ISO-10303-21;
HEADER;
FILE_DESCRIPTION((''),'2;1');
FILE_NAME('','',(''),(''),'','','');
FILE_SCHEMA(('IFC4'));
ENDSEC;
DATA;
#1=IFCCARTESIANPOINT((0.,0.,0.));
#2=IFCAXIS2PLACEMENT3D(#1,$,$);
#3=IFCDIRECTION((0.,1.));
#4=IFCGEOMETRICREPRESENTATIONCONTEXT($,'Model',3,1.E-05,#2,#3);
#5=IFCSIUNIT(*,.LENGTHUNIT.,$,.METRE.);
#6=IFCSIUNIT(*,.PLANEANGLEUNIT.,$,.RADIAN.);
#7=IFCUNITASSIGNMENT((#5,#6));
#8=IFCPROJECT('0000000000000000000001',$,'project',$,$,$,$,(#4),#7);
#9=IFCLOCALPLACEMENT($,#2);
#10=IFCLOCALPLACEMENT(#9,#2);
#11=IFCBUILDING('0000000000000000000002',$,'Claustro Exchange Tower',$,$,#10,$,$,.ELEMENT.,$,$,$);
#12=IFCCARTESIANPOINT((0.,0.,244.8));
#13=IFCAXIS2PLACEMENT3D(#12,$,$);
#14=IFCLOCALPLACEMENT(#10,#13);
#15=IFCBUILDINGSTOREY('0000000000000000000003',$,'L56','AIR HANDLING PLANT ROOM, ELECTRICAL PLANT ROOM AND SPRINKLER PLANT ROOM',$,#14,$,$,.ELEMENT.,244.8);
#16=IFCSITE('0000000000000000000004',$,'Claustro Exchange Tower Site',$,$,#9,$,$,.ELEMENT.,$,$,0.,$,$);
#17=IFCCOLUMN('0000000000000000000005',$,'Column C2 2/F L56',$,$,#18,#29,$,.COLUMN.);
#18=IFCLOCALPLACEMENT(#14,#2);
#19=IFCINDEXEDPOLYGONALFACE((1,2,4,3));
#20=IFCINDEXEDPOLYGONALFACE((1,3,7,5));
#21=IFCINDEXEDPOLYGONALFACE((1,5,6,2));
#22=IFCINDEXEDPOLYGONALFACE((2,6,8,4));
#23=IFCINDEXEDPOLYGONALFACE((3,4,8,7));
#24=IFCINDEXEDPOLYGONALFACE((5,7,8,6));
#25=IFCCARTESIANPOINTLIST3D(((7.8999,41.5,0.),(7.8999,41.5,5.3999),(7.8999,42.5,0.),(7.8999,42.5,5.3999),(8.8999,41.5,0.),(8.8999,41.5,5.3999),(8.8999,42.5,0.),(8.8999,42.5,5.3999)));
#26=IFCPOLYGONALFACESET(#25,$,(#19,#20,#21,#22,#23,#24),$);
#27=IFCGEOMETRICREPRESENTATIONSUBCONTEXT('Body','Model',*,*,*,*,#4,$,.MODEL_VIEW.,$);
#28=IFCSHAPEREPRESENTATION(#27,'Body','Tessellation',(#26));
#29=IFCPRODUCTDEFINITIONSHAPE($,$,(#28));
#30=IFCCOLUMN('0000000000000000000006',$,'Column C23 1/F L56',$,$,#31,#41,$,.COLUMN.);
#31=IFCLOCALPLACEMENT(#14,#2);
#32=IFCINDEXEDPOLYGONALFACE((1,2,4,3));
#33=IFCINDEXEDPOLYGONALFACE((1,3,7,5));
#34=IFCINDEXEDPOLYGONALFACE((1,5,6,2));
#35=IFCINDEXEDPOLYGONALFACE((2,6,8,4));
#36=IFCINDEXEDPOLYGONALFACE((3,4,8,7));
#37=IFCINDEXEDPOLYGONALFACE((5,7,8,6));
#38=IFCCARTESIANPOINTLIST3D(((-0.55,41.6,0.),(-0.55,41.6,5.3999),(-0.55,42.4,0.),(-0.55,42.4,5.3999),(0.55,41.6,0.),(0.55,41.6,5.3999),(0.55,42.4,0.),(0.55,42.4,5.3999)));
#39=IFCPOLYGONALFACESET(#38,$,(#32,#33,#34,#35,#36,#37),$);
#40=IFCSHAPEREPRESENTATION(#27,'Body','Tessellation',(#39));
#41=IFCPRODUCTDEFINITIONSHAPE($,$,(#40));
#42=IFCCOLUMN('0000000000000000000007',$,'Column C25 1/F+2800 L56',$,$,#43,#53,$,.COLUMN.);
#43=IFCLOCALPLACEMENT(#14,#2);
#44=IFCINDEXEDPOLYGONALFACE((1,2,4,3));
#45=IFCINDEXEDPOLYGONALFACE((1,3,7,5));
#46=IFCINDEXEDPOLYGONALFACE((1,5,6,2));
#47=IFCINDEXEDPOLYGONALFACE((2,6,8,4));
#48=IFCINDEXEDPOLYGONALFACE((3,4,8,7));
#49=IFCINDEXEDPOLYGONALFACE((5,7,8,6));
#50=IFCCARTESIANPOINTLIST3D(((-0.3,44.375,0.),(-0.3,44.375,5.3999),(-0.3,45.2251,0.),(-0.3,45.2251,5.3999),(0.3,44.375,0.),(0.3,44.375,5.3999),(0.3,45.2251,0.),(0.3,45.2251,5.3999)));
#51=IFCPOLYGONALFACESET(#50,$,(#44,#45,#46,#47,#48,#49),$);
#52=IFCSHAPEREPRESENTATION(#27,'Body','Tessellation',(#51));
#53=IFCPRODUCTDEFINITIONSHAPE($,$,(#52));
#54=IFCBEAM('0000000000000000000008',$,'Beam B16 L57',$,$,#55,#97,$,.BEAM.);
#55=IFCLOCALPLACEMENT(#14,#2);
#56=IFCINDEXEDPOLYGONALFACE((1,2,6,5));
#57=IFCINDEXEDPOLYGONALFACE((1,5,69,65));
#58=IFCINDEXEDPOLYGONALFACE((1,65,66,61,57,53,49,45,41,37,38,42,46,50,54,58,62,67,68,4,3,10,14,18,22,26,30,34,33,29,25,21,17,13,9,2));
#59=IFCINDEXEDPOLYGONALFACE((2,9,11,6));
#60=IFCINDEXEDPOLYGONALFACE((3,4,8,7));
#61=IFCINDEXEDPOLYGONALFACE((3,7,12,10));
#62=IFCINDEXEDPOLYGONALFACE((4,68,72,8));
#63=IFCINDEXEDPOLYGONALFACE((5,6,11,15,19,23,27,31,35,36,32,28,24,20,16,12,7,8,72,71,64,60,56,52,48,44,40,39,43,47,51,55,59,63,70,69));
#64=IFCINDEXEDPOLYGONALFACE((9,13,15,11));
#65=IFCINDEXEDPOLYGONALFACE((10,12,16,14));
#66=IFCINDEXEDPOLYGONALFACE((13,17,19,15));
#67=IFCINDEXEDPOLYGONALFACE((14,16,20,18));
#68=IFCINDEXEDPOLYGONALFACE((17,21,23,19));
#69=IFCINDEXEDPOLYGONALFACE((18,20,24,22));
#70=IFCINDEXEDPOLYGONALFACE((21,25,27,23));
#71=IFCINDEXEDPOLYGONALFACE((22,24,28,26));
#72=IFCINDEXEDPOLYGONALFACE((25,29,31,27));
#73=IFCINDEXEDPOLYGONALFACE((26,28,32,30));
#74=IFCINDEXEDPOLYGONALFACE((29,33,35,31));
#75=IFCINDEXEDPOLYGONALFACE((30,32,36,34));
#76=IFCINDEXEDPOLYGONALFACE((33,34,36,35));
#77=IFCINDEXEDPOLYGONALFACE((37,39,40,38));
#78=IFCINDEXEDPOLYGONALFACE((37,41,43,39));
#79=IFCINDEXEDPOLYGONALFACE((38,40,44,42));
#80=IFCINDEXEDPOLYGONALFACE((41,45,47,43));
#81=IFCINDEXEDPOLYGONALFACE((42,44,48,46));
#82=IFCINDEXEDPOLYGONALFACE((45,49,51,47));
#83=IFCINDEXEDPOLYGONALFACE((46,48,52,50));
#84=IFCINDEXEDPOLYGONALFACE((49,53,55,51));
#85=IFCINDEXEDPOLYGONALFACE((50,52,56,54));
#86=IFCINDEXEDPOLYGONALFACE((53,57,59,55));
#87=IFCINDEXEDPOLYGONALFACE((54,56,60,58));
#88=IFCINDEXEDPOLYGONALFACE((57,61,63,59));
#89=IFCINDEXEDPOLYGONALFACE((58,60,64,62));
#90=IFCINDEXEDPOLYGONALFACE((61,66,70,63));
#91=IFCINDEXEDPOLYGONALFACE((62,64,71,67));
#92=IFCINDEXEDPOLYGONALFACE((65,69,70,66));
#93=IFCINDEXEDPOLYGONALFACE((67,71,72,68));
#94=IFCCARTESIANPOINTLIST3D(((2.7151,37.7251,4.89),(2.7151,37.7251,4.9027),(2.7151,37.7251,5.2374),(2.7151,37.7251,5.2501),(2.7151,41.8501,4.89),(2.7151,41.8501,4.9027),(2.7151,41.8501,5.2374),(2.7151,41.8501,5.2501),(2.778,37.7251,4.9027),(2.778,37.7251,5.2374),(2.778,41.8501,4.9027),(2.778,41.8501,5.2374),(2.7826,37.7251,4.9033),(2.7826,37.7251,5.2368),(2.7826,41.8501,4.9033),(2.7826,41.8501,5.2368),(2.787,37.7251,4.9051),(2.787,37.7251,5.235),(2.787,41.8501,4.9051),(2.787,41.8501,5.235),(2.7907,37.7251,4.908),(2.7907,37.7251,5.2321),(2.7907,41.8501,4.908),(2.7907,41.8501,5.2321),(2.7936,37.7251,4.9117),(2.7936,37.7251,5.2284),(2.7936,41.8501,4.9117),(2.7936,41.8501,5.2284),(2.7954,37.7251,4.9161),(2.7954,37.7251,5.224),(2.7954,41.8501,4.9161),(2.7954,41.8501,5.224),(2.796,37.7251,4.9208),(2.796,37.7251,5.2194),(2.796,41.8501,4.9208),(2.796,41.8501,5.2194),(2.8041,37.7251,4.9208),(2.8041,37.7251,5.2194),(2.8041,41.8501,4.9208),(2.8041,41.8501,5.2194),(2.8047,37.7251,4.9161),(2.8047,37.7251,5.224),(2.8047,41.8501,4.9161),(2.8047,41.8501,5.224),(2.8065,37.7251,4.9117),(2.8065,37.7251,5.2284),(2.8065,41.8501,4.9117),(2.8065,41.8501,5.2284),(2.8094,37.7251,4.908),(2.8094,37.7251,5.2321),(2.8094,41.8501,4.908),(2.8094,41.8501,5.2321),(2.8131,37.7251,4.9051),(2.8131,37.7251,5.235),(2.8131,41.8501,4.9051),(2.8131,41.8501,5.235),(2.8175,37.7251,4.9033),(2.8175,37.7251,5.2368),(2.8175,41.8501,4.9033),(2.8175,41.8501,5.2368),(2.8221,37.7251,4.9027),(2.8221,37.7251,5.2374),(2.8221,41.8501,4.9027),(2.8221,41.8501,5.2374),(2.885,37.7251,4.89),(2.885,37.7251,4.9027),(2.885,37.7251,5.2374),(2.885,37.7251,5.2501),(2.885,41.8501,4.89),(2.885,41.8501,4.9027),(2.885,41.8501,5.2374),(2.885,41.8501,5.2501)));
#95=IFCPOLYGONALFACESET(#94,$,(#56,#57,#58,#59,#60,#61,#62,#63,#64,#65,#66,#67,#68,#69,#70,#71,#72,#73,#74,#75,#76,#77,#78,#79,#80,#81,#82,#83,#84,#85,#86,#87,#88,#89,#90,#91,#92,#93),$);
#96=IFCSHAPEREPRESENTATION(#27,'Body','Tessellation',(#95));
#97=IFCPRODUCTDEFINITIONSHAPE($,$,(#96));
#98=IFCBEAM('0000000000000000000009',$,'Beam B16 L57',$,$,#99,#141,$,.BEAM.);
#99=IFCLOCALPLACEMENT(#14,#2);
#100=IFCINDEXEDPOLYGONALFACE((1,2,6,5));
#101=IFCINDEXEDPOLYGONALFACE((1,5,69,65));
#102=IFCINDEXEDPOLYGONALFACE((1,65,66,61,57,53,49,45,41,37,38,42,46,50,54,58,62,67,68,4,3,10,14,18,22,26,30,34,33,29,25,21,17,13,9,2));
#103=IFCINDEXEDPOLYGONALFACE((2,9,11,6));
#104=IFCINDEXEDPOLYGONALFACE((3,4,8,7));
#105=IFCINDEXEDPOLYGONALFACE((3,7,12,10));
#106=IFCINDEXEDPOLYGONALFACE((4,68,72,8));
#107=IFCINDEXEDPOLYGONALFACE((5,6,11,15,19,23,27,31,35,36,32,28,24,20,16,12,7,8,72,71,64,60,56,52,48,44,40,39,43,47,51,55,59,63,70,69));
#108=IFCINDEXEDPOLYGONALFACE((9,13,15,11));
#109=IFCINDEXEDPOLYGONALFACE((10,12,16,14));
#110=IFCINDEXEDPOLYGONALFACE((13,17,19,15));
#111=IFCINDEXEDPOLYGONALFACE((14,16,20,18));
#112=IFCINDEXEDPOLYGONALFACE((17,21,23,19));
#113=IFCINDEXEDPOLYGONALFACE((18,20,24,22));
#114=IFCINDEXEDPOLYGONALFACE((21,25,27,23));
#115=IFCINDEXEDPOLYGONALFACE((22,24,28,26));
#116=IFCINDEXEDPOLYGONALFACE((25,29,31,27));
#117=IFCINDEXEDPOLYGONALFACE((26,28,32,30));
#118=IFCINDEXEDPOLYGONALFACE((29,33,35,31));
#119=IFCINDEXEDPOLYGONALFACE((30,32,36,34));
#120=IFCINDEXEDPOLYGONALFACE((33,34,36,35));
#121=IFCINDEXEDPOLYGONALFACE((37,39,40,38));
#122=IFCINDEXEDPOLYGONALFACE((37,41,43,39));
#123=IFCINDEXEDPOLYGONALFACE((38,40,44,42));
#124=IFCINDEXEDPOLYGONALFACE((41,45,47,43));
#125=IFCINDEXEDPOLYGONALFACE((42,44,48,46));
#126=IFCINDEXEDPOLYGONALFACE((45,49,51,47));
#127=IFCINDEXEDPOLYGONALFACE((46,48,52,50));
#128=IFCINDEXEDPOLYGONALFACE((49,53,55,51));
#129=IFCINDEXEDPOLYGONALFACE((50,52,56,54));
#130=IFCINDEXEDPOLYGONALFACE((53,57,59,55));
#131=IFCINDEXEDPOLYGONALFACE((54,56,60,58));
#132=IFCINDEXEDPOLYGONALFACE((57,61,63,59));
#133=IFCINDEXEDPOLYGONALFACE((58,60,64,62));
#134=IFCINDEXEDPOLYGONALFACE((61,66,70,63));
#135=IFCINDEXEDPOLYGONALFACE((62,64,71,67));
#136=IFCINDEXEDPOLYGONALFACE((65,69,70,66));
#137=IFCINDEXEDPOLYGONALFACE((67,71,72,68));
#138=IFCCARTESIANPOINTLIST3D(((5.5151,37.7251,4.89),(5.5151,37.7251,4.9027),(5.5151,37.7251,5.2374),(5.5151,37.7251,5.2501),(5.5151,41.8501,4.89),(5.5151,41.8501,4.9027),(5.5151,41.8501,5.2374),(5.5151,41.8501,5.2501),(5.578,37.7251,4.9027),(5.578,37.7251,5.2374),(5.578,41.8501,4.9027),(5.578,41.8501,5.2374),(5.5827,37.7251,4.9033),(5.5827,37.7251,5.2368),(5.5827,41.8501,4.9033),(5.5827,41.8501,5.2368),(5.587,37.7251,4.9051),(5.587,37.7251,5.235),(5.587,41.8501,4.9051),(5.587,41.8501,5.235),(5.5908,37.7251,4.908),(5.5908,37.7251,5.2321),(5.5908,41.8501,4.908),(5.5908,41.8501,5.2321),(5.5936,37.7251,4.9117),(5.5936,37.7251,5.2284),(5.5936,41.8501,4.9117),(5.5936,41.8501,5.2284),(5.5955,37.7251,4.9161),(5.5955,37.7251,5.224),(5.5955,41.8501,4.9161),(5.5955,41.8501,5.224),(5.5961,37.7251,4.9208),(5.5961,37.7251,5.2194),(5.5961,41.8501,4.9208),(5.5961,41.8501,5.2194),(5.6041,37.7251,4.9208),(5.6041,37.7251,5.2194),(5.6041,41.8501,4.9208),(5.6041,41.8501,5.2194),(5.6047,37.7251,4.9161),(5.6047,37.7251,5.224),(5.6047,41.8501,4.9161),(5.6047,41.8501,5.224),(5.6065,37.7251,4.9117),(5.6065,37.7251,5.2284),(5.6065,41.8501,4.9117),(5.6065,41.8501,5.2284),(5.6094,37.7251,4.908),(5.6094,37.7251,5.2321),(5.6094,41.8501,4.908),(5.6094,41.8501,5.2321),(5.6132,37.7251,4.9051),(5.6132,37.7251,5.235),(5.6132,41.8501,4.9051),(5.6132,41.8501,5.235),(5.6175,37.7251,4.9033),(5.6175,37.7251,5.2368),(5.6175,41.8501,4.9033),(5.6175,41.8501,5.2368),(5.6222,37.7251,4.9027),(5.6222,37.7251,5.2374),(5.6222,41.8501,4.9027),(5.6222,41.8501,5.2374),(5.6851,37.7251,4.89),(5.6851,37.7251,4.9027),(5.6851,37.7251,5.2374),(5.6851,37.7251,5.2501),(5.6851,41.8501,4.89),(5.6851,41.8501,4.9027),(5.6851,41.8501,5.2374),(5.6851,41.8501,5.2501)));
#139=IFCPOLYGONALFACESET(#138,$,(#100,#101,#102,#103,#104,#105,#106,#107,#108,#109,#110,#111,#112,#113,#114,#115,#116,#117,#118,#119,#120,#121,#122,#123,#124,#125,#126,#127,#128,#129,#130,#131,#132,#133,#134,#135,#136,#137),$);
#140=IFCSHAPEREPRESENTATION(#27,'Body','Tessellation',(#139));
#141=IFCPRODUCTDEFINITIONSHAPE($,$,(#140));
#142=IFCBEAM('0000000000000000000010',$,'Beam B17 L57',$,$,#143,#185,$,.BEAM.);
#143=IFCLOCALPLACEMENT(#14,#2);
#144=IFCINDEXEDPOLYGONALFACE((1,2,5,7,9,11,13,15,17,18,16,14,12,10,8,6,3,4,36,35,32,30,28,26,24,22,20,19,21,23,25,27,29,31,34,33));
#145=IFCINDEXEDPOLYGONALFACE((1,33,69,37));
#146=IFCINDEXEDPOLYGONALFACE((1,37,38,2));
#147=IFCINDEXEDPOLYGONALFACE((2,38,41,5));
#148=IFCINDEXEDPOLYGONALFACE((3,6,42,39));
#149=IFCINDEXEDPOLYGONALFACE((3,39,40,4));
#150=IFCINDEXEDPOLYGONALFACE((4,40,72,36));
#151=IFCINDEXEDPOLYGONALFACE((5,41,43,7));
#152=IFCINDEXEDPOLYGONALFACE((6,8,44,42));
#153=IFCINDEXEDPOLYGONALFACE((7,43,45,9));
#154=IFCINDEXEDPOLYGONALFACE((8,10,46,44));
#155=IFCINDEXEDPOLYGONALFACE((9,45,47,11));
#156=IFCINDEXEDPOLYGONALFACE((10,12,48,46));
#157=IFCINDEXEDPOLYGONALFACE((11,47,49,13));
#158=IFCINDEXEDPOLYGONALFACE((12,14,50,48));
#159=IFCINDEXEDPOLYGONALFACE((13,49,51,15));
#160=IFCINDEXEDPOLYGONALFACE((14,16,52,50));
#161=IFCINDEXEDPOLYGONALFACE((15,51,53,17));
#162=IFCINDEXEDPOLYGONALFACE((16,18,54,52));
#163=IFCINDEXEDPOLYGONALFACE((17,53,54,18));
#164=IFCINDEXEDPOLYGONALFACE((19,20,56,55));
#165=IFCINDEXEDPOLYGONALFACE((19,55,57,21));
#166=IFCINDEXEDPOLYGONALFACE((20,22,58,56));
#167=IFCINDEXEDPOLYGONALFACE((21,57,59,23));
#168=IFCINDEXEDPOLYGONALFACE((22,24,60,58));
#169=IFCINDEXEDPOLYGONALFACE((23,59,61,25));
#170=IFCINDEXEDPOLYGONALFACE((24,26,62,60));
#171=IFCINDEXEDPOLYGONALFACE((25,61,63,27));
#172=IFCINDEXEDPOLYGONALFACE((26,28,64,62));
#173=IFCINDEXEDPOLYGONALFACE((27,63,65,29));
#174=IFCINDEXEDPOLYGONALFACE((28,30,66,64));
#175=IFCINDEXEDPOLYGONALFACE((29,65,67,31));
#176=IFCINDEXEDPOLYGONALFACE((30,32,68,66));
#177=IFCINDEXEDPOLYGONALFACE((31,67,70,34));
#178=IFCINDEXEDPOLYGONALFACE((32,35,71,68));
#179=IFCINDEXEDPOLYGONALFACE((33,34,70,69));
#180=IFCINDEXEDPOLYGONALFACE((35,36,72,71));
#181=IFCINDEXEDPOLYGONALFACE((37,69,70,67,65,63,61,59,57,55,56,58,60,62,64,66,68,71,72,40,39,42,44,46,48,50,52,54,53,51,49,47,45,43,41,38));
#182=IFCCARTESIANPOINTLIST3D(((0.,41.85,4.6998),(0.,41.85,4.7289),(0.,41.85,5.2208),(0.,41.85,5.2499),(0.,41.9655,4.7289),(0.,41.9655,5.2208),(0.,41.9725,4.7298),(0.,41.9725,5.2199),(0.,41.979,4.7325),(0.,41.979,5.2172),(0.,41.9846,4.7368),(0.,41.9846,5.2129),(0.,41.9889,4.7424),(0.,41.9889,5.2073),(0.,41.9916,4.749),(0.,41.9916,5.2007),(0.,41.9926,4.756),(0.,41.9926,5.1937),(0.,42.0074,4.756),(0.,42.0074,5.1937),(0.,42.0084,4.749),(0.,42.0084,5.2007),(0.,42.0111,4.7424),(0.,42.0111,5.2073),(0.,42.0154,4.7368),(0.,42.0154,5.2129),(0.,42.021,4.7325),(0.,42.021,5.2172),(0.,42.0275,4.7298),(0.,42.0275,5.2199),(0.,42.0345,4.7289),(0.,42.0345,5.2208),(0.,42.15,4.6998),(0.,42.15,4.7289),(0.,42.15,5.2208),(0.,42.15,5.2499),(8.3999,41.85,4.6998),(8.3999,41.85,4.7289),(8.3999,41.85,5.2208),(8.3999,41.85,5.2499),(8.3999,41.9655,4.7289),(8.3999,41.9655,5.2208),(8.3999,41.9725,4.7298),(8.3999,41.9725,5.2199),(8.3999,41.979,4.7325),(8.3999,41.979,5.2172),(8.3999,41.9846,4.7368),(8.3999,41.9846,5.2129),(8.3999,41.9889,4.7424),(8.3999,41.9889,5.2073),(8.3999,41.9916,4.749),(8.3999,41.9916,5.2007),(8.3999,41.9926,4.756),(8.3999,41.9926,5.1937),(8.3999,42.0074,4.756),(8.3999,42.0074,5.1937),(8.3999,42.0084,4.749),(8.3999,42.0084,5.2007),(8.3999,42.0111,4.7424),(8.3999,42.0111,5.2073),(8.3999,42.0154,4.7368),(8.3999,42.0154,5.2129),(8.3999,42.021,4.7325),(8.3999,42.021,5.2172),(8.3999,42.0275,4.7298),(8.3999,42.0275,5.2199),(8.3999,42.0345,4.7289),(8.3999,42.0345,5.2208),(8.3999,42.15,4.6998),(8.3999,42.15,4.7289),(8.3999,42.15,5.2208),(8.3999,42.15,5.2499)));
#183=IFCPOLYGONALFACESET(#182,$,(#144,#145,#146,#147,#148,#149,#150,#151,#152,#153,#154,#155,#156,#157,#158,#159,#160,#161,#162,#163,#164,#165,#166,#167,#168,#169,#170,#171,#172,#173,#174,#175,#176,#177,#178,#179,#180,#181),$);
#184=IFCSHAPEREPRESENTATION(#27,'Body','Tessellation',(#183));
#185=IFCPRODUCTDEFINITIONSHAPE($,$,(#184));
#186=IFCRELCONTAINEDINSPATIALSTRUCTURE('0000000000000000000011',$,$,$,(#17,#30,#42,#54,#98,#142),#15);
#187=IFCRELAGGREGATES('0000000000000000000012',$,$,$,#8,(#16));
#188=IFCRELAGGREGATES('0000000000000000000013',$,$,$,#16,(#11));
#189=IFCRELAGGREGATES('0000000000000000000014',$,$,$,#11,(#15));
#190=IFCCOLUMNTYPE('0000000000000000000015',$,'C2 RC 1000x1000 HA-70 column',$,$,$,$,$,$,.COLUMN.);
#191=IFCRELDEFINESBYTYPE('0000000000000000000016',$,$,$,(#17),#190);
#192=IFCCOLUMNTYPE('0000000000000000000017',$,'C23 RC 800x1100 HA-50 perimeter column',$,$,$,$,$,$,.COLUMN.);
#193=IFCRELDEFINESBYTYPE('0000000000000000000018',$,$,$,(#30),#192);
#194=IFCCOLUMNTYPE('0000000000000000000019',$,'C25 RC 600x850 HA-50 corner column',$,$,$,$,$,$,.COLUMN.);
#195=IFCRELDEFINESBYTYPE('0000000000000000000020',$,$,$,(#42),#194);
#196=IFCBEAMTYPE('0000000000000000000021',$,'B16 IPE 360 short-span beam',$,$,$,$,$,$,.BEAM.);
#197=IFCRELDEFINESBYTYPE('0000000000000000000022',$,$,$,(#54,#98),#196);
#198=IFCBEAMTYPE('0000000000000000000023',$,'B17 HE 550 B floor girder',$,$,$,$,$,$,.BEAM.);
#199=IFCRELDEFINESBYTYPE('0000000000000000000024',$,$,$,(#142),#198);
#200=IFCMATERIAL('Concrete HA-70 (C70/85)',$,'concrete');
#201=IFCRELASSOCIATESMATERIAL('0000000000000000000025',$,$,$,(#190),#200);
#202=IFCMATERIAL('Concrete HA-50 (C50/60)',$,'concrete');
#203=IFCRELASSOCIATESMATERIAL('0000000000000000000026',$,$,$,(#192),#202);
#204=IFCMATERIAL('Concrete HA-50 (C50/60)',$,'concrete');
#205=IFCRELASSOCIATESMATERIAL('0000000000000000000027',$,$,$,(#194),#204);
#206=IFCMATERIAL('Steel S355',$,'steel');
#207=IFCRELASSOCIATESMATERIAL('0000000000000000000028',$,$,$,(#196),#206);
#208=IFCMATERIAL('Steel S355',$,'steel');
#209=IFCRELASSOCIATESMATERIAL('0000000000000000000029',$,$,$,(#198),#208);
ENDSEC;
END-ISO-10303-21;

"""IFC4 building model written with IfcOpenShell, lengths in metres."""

from ifc_helpers import new_model, si_unit, direction, frame, origin, origin_2d, place, context, subcontext, project, spatial, rectangle, i_section, extrude, material, material_profile, profile_set, type_object, element, save


model = new_model("IFC4")

# Units and contexts
model_context = context("Model", 3, precision=1e-05, world=origin(), true_north=direction((0.0, 1.0)))
body_context = subcontext(model_context, "Body", "Model", "MODEL_VIEW")
ifc_project = project(units=[si_unit("LENGTHUNIT", "METRE"), si_unit("PLANEANGLEUNIT", "RADIAN")], contexts=[model_context])

# Site, building, storey
site_placement = place(None, origin())
site = spatial("IfcSite", under=ifc_project, at=site_placement, Name="Claustro Exchange Tower Site", CompositionType="ELEMENT", RefElevation=0.0)
building_placement = place(site_placement, origin())
building = spatial("IfcBuilding", under=site, at=building_placement, Name="Claustro Exchange Tower", CompositionType="ELEMENT")
storey_placement = place(building_placement, frame((0.0, 0.0, 244.8)))
storey = spatial("IfcBuildingStorey", under=building, at=storey_placement, Name="L56", Description="AIR HANDLING PLANT ROOM, ELECTRICAL PLANT ROOM AND SPRINKLER PLANT ROOM", CompositionType="ELEMENT", Elevation=244.8)

# Columns
ifc_material_1 = material(Name="Concrete HA-70 (C70/85)", Category="concrete")
ifc_material_profile_1 = material_profile(ifc_material_1, rectangle(XDim=1.0, YDim=1.0, at=origin_2d()), Name="RC 1000x1000")
ifc_profile_set_1 = profile_set([ifc_material_profile_1], Name="Concrete HA-70 (C70/85)")
column_type_1 = type_object("IfcColumnType", Name="C2 RC 1000x1000 HA-70 column", PredefinedType="COLUMN", material=ifc_profile_set_1)
column_1_placement = place(storey_placement, frame((8.3999, 42.0, 0.0), z_axis=(0.0, 0.0, 1.0), x_axis=(1.0, 0.0, 0.0)))
element("IfcColumn", 1, at=column_1_placement, inside=storey, type_object=column_type_1, Name="Column C2 2/F L56", PredefinedType="COLUMN", context=body_context, shape_type="SweptSolid", body=[
    extrude(rectangle(XDim=1.0, YDim=1.0, at=origin_2d()), origin(), (0.0, 0.0, 1.0), 5.3999),
])
ifc_material_2 = material(Name="Concrete HA-50 (C50/60)", Category="concrete")
ifc_material_profile_2 = material_profile(ifc_material_2, rectangle(XDim=0.8, YDim=1.1001, at=origin_2d()), Name="RC 800x1100")
ifc_profile_set_2 = profile_set([ifc_material_profile_2], Name="Concrete HA-50 (C50/60)")
column_type_2 = type_object("IfcColumnType", Name="C23 RC 800x1100 HA-50 perimeter column", PredefinedType="COLUMN", material=ifc_profile_set_2)
column_2_placement = place(storey_placement, frame((0.0, 42.0, 0.0), z_axis=(0.0, 0.0, 1.0), x_axis=(0.0, 1.0, 0.0)))
element("IfcColumn", 2, at=column_2_placement, inside=storey, type_object=column_type_2, Name="Column C23 1/F L56", PredefinedType="COLUMN", context=body_context, shape_type="SweptSolid", body=[
    extrude(rectangle(XDim=0.8, YDim=1.1001, at=origin_2d()), origin(), (0.0, 0.0, 1.0), 5.3999),
])
ifc_material_3 = material(Name="Concrete HA-50 (C50/60)", Category="concrete")
ifc_material_profile_3 = material_profile(ifc_material_3, rectangle(XDim=0.6001, YDim=0.8501, at=origin_2d()), Name="RC 600x850")
ifc_profile_set_3 = profile_set([ifc_material_profile_3], Name="Concrete HA-50 (C50/60)")
column_type_3 = type_object("IfcColumnType", Name="C25 RC 600x850 HA-50 corner column", PredefinedType="COLUMN", material=ifc_profile_set_3)
column_3_placement = place(storey_placement, frame((0.0, 44.8, 0.0), z_axis=(0.0, 0.0, 1.0), x_axis=(1.0, 0.0, 0.0)))
element("IfcColumn", 3, at=column_3_placement, inside=storey, type_object=column_type_3, Name="Column C25 1/F+2800 L56", PredefinedType="COLUMN", context=body_context, shape_type="SweptSolid", body=[
    extrude(rectangle(XDim=0.6001, YDim=0.8501, at=origin_2d()), origin(), (0.0, 0.0, 1.0), 5.3999),
])

# Beams
ifc_material_4 = material(Name="Steel S355", Category="steel")
ifc_material_profile_4 = material_profile(ifc_material_4, i_section(OverallWidth=0.1699, OverallDepth=0.3601, WebThickness=0.0081, FlangeThickness=0.0127, FilletRadius=0.0181, at=origin_2d()), Name="IPE 360")
ifc_profile_set_4 = profile_set([ifc_material_profile_4], Name="Steel S355")
beam_type_1 = type_object("IfcBeamType", Name="B16 IPE 360 short-span beam", PredefinedType="BEAM", material=ifc_profile_set_4)
for number, where, z_axis, x_axis, name in (
    (4, (2.8, 37.7251, 5.0701), (0.0, 1.0, 0.0), (-1.0, 0.0, 0.0), "Beam B16 L57"),
    (5, (5.6001, 37.7251, 5.0701), (0.0, 1.0, 0.0), (-1.0, 0.0, 0.0), "Beam B16 L57"),
):
    element("IfcBeam", number, at=place(storey_placement, frame(where, z_axis=z_axis, x_axis=x_axis)), inside=storey, type_object=beam_type_1, Name=name, PredefinedType="BEAM", context=body_context, shape_type="SweptSolid", body=[
        extrude(i_section(OverallWidth=0.1699, OverallDepth=0.3601, WebThickness=0.0081, FlangeThickness=0.0127, FilletRadius=0.0181, at=origin_2d()), origin(), (0.0, 0.0, 1.0), 4.125),
    ])
ifc_material_5 = material(Name="Steel S355", Category="steel")
ifc_material_profile_5 = material_profile(ifc_material_5, i_section(OverallWidth=0.3, OverallDepth=0.55, WebThickness=0.0149, FlangeThickness=0.0291, FilletRadius=0.0271, at=origin_2d()), Name="HE 550 B")
ifc_profile_set_5 = profile_set([ifc_material_profile_5], Name="Steel S355")
beam_type_2 = type_object("IfcBeamType", Name="B17 HE 550 B floor girder", PredefinedType="BEAM", material=ifc_profile_set_5)
beam_1_placement = place(storey_placement, frame((0.0, 42.0, 4.9749), z_axis=(1.0, 0.0, 0.0), x_axis=(0.0, 1.0, 0.0)))
element("IfcBeam", 6, at=beam_1_placement, inside=storey, type_object=beam_type_2, Name="Beam B17 L57", PredefinedType="BEAM", context=body_context, shape_type="SweptSolid", body=[
    extrude(i_section(OverallWidth=0.3, OverallDepth=0.55, WebThickness=0.0149, FlangeThickness=0.0291, FilletRadius=0.0271, at=origin_2d()), origin(), (0.0, 0.0, 1.0), 8.3999),
])

save(model, "model.ifc")
